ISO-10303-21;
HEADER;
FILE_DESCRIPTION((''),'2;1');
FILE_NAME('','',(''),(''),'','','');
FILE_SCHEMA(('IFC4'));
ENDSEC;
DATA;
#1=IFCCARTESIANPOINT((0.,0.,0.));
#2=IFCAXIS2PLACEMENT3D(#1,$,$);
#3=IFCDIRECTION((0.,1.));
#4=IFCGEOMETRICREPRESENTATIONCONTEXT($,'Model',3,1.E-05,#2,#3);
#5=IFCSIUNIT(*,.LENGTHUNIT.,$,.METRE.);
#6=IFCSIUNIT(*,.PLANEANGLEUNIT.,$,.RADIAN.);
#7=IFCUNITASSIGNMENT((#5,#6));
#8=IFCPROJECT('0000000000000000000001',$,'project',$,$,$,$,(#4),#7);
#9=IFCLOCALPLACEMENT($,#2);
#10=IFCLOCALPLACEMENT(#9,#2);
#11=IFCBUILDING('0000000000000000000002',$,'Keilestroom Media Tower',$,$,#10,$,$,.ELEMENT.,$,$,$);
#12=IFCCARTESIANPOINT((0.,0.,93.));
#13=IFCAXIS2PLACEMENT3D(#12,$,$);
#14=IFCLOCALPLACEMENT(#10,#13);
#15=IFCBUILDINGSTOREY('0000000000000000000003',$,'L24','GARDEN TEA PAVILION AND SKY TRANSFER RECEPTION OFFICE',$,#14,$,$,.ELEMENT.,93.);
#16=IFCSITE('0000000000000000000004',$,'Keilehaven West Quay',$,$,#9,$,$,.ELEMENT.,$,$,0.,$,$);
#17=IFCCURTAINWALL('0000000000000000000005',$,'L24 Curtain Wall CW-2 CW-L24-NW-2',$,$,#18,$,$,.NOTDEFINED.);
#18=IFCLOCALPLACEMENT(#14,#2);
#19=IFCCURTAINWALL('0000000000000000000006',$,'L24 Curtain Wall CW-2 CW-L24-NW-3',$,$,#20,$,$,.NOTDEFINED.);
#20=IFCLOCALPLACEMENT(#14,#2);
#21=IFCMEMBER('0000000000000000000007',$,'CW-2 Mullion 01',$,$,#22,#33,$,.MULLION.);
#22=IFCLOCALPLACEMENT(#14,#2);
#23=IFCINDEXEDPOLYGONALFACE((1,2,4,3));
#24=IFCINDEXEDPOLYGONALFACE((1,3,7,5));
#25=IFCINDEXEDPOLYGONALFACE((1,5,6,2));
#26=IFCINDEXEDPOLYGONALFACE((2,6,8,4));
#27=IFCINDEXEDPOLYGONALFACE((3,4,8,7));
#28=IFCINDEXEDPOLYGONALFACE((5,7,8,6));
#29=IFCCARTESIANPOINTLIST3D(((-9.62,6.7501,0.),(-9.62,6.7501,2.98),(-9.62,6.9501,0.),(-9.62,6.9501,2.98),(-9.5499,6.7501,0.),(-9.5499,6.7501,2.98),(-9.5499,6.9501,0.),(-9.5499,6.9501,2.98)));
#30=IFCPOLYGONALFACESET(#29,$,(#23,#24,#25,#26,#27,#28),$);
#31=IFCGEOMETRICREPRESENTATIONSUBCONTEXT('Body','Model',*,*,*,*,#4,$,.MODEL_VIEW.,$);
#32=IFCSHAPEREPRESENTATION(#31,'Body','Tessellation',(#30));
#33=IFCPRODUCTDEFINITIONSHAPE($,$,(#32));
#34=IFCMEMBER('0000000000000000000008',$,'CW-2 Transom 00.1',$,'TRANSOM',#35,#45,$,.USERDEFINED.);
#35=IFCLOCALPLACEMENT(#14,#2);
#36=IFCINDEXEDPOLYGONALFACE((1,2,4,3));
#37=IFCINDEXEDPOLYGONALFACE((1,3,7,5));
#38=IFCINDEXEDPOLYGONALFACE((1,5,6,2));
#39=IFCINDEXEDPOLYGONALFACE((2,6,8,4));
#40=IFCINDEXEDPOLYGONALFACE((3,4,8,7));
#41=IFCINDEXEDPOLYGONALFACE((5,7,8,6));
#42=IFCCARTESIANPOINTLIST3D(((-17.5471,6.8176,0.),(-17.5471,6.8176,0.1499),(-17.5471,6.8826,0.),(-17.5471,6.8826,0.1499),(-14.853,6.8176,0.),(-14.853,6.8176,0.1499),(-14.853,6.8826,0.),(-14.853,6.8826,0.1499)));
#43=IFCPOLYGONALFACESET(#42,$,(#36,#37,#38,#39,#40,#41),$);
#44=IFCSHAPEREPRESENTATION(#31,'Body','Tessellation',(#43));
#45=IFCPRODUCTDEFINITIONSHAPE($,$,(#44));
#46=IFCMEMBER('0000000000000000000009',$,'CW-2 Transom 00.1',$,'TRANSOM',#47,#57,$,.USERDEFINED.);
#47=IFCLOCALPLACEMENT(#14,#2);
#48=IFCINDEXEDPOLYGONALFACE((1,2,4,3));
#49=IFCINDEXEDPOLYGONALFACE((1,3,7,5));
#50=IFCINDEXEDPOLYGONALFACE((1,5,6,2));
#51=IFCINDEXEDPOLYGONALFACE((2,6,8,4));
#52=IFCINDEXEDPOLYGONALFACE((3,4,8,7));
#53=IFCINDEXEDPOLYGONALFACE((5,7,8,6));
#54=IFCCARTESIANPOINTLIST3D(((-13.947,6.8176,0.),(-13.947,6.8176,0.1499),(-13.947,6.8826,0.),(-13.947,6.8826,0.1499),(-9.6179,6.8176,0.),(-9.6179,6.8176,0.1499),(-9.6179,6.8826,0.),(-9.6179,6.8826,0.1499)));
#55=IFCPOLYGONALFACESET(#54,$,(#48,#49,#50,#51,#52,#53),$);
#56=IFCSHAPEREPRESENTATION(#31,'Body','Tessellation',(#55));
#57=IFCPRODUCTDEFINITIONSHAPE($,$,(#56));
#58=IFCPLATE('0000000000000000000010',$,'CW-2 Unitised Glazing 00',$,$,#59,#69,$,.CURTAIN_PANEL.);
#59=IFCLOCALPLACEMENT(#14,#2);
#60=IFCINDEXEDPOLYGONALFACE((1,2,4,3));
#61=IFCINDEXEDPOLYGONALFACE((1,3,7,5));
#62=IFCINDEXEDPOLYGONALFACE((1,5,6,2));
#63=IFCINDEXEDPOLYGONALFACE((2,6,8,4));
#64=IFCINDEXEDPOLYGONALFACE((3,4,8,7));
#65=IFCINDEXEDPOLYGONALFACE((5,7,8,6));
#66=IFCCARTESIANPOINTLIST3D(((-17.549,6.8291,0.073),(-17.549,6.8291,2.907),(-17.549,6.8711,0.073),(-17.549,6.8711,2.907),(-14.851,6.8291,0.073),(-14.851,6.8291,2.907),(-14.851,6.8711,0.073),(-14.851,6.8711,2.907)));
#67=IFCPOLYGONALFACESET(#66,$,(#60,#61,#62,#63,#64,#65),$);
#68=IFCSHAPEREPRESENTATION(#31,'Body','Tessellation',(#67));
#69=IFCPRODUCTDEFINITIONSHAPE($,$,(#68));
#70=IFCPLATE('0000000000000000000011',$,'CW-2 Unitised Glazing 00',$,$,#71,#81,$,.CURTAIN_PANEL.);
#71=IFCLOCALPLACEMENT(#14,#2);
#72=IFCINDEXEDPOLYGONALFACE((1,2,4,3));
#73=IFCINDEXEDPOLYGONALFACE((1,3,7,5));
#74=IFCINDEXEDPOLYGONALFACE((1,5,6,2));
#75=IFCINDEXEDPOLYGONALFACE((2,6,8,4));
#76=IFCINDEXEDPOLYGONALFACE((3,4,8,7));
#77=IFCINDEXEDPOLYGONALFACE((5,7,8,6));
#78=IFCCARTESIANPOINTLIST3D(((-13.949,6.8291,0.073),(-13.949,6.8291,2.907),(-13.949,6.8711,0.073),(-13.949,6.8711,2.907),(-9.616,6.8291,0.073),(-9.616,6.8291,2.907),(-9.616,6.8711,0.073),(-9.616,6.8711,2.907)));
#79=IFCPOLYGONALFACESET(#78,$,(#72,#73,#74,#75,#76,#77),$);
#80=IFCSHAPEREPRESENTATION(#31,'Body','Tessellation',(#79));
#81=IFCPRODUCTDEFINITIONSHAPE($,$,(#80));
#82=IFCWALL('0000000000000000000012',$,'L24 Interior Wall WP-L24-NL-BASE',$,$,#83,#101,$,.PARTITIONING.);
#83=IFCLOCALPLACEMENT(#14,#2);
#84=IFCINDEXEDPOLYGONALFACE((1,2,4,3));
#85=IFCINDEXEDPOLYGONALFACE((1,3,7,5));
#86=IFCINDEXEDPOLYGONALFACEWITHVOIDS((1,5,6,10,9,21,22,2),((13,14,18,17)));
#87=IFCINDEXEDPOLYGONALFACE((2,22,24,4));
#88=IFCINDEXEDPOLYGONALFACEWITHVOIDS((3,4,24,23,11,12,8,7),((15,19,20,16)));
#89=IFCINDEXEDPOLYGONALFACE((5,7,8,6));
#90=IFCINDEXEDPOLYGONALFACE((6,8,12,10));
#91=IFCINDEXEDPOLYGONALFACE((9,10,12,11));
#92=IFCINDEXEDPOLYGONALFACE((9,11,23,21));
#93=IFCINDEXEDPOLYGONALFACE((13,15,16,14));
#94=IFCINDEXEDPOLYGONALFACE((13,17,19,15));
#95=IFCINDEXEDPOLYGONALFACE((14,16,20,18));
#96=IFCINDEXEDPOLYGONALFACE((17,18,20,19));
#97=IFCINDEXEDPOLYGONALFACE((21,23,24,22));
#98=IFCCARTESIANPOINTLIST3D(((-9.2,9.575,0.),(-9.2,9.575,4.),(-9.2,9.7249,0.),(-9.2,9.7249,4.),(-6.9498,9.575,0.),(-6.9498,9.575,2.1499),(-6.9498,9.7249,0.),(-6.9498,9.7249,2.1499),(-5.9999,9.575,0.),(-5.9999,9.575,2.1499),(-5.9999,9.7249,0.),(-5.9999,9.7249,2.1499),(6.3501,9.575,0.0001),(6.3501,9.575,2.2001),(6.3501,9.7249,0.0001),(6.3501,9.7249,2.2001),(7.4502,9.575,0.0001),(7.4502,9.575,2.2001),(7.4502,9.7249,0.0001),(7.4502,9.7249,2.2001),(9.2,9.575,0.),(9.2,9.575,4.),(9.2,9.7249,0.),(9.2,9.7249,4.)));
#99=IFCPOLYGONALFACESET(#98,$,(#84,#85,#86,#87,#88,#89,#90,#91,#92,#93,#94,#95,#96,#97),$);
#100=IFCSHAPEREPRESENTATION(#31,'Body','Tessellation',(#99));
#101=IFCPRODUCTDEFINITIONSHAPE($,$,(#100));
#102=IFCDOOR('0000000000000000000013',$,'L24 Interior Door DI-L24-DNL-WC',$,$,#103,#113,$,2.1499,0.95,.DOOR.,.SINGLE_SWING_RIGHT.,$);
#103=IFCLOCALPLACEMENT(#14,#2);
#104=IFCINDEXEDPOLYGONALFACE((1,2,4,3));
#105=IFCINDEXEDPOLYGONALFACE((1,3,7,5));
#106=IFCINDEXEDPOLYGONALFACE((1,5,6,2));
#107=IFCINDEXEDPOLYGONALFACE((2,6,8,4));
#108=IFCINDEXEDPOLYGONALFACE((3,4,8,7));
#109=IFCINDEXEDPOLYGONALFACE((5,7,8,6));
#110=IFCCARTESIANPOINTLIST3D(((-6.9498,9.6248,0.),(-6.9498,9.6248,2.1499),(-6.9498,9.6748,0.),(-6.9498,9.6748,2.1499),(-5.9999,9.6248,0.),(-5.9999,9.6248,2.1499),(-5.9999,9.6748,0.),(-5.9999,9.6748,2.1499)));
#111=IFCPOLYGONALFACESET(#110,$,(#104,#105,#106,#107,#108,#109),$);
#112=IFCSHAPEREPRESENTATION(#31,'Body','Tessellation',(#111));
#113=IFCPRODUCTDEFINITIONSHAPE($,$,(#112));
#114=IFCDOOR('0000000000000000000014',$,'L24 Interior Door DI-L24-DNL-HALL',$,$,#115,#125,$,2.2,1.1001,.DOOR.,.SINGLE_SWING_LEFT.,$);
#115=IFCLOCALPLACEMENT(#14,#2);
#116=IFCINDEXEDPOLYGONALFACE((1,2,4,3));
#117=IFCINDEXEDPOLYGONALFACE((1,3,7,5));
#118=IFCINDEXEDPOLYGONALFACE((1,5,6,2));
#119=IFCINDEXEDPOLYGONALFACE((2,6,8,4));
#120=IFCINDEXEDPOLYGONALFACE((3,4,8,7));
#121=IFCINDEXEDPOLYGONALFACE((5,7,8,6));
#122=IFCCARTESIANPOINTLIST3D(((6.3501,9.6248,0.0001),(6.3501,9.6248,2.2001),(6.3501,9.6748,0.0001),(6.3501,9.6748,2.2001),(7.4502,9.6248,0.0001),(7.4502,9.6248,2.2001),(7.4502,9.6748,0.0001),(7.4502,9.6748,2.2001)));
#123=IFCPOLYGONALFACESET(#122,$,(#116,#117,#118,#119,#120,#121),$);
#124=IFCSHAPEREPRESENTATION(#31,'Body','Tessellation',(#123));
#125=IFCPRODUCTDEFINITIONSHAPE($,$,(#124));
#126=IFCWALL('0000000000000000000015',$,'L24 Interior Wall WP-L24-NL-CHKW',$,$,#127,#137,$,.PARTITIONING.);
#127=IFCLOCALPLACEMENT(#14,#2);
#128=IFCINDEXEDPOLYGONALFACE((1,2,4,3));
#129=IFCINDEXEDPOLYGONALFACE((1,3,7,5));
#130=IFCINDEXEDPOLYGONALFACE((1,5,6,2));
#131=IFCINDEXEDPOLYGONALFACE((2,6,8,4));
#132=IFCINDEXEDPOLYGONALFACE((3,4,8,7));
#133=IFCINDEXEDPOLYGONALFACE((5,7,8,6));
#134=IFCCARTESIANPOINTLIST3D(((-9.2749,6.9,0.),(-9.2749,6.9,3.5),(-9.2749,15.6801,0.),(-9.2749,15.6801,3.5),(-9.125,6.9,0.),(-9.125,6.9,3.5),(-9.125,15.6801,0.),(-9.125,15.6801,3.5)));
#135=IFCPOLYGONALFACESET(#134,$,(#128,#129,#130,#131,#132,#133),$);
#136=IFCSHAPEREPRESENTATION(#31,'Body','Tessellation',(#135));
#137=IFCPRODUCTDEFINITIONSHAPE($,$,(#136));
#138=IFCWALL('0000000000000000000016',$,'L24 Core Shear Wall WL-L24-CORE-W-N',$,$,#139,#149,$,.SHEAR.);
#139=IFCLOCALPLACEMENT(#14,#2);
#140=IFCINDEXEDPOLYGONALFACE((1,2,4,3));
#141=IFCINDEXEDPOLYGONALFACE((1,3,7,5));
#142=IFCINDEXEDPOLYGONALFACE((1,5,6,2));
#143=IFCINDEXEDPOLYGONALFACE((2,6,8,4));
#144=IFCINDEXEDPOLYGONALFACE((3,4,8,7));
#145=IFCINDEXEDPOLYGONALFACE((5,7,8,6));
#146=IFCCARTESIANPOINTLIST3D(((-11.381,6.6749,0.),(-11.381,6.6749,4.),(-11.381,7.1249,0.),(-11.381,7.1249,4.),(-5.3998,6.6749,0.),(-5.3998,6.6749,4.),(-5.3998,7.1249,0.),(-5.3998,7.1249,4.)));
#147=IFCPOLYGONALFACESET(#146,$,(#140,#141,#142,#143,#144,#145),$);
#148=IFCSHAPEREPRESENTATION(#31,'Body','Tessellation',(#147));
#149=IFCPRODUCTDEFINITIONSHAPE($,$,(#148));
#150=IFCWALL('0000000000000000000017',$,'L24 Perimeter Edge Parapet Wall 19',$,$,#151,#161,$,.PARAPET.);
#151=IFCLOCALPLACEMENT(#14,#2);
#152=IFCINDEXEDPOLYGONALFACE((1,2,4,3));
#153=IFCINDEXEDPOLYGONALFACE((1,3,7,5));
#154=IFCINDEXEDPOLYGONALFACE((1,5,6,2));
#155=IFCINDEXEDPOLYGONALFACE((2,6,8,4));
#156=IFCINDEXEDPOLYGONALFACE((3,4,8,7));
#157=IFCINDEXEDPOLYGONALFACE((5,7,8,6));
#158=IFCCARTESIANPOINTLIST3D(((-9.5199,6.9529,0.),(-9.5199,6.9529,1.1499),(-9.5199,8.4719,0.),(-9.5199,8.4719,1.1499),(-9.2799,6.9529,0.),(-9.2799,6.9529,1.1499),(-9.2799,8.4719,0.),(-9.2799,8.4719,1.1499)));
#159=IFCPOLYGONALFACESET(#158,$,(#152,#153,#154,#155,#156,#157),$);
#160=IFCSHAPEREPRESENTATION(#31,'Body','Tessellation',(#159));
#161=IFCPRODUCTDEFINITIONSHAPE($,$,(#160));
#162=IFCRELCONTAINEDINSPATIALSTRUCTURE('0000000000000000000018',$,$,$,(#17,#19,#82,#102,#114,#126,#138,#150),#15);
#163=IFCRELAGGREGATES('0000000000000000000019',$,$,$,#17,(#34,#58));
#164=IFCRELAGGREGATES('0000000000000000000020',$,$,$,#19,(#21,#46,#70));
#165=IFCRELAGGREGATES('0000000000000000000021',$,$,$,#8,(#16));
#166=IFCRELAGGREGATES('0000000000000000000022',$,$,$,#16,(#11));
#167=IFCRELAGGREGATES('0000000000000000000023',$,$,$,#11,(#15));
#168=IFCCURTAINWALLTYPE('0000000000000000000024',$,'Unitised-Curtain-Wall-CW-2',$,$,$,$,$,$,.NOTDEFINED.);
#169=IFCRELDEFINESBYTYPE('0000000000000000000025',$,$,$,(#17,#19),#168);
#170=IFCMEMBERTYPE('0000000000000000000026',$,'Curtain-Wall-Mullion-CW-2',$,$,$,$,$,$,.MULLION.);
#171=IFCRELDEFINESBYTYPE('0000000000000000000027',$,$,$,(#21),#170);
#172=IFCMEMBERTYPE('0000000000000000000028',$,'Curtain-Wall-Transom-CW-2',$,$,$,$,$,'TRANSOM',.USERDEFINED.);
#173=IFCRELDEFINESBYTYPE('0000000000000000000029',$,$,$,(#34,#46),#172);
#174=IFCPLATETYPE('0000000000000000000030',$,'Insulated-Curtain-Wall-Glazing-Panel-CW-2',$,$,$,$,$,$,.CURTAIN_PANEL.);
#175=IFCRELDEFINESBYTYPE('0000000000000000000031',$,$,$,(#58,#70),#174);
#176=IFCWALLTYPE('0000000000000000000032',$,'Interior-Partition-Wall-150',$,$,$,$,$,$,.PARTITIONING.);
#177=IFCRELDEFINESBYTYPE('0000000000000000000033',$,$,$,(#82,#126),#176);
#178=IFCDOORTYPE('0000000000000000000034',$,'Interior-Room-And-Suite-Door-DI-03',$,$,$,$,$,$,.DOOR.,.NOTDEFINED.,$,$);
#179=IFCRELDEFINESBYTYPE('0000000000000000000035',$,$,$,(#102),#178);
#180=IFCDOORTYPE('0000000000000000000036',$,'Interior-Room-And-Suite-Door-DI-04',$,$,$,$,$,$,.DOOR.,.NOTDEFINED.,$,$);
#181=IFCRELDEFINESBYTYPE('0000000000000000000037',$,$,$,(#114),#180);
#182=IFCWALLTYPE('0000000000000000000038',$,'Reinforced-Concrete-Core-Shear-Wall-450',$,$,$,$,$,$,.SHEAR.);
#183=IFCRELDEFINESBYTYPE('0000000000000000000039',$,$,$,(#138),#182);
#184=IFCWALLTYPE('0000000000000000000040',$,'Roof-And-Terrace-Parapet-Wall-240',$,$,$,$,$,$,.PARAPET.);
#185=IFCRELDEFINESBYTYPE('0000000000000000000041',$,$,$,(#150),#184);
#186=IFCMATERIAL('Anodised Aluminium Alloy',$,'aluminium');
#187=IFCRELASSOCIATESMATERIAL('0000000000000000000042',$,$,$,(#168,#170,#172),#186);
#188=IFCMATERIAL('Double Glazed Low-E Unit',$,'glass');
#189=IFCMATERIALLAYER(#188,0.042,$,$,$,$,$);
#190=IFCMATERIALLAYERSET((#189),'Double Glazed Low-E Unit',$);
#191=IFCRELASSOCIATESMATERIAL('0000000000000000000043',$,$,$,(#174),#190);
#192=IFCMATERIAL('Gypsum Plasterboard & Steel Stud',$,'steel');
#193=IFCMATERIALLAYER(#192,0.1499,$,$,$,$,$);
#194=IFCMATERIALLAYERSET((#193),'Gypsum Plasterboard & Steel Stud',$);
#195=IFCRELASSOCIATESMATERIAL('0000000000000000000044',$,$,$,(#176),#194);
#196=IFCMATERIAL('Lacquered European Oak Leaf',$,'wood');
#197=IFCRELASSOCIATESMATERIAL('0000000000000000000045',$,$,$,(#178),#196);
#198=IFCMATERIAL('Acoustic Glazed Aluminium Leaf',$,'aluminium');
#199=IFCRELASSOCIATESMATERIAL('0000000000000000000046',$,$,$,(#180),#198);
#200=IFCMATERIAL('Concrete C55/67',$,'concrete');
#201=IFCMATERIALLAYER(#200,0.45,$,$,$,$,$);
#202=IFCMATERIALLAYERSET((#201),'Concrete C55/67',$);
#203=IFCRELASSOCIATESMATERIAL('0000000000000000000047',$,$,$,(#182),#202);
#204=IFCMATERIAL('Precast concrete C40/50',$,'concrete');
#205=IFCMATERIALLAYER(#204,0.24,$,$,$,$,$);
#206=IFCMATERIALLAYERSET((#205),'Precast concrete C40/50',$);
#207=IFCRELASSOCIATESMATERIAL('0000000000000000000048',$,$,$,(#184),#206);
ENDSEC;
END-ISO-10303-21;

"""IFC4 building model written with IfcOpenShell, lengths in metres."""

from ifc_helpers import new_model, si_unit, direction, frame, frame_2d, origin, origin_2d, place, context, subcontext, project, spatial, rectangle, extrude, source, transform, mapped, material, layer, layer_set, material_profile, profile_set, type_object, element, fill, aggregate, save


model = new_model("IFC4")

# Units and contexts
model_context = context("Model", 3, precision=1e-05, world=origin(), true_north=direction((0.0, 1.0)))
body_context = subcontext(model_context, "Body", "Model", "MODEL_VIEW")
ifc_project = project(units=[si_unit("LENGTHUNIT", "METRE"), si_unit("PLANEANGLEUNIT", "RADIAN")], contexts=[model_context])

# Site, building, storey
site_placement = place(None, origin())
site = spatial("IfcSite", under=ifc_project, at=site_placement, Name="Keilehaven West Quay", CompositionType="ELEMENT", RefElevation=0.0)
building_placement = place(site_placement, origin())
building = spatial("IfcBuilding", under=site, at=building_placement, Name="Keilestroom Media Tower", CompositionType="ELEMENT")
storey_placement = place(building_placement, frame((0.0, 0.0, 93.0)))
storey = spatial("IfcBuildingStorey", under=building, at=storey_placement, Name="L24", Description="GARDEN TEA PAVILION AND SKY TRANSFER RECEPTION OFFICE", CompositionType="ELEMENT", Elevation=93.0)

# Shared definitions
ifc_material_1 = material(Name="Precast concrete C40/50", Category="concrete")
ifc_material_2 = material(Name="Concrete C55/67", Category="concrete")

# Shared definitions
ifc_material_3 = material(Name="Anodised Aluminium Alloy", Category="aluminium")
curtain_wall_type = type_object("IfcCurtainWallType", Name="Unitised-Curtain-Wall-CW-2", PredefinedType="NOTDEFINED", material=ifc_material_3)
ifc_material_profile_1 = material_profile(ifc_material_3, rectangle(XDim=0.0701, YDim=0.2, at=origin_2d()), Name="ALU MULLION 70x200")
ifc_profile_set_1 = profile_set([ifc_material_profile_1], Name="Anodised Aluminium Alloy")
member_type_1 = type_object("IfcMemberType", Name="Curtain-Wall-Mullion-CW-2", PredefinedType="MULLION", material=ifc_profile_set_1)
shared_shape_1 = source(origin(), body_context, "Body", "SweptSolid", [
    extrude(rectangle(XDim=0.0701, YDim=0.2, at=origin_2d()), origin(), (0.0, 0.0, 1.0), 2.98),
])

# Curtain walls, member
curtain_wall_1_placement = place(storey_placement, origin())
curtain_wall_1 = element("IfcCurtainWall", 1, at=curtain_wall_1_placement, inside=storey, type_object=curtain_wall_type, Name="L24 Curtain Wall CW-2 CW-L24-NW-2", PredefinedType="NOTDEFINED")
curtain_wall_2_placement = place(storey_placement, origin())
curtain_wall_2 = element("IfcCurtainWall", 2, at=curtain_wall_2_placement, inside=storey, type_object=curtain_wall_type, Name="L24 Curtain Wall CW-2 CW-L24-NW-3", PredefinedType="NOTDEFINED")
member_1_placement = place(storey_placement, frame((-9.585, 6.8501, 0.0), z_axis=(0.0, 0.0, 1.0), x_axis=(1.0, 0.0, 0.0)))
member_1 = element("IfcMember", 3, at=member_1_placement, type_object=member_type_1, Name="CW-2 Mullion 01", PredefinedType="MULLION", context=body_context, shape_type="MappedRepresentation", body=[
    mapped(shared_shape_1, transform((0.0, 0.0, 0.0), x_axis=(1.0, 0.0, 0.0), y_axis=(0.0, 1.0, 0.0), z_axis=(0.0, 0.0, 1.0), scale=1.0)),
])

# Members
ifc_material_profile_2 = material_profile(ifc_material_3, rectangle(XDim=0.0649, YDim=0.1499, at=origin_2d()), Name="ALU TRANSOM 65x150")
ifc_profile_set_2 = profile_set([ifc_material_profile_2], Name="Anodised Aluminium Alloy")
member_type_2 = type_object("IfcMemberType", Name="Curtain-Wall-Transom-CW-2", ElementType="TRANSOM", PredefinedType="USERDEFINED", material=ifc_profile_set_2)
shared_shape_2 = source(origin(), body_context, "Body", "SweptSolid", [
    extrude(rectangle(XDim=0.0649, YDim=0.1499, at=origin_2d()), origin(), (0.0, 0.0, 1.0), 2.6941),
])
member_2_placement = place(storey_placement, frame((-17.5471, 6.8501, 0.075), z_axis=(1.0, 0.0, 0.0), x_axis=(0.0, 1.0, 0.0)))
member_2 = element("IfcMember", 4, at=member_2_placement, type_object=member_type_2, Name="CW-2 Transom 00.1", ObjectType="TRANSOM", PredefinedType="USERDEFINED", context=body_context, shape_type="MappedRepresentation", body=[
    mapped(shared_shape_2, transform((0.0, 0.0, 0.0), x_axis=(1.0, 0.0, 0.0), y_axis=(0.0, 1.0, 0.0), z_axis=(0.0, 0.0, 1.0), scale=1.0)),
])
shared_shape_3 = source(origin(), body_context, "Body", "SweptSolid", [
    extrude(rectangle(XDim=0.0649, YDim=0.1499, at=origin_2d()), origin(), (0.0, 0.0, 1.0), 4.3291),
])
member_3_placement = place(storey_placement, frame((-13.947, 6.8501, 0.075), z_axis=(1.0, 0.0, 0.0), x_axis=(0.0, 1.0, 0.0)))
member_3 = element("IfcMember", 5, at=member_3_placement, type_object=member_type_2, Name="CW-2 Transom 00.1", ObjectType="TRANSOM", PredefinedType="USERDEFINED", context=body_context, shape_type="MappedRepresentation", body=[
    mapped(shared_shape_3, transform((0.0, 0.0, 0.0), x_axis=(1.0, 0.0, 0.0), y_axis=(0.0, 1.0, 0.0), z_axis=(0.0, 0.0, 1.0), scale=1.0)),
])

# Plates
ifc_material_4 = material(Name="Double Glazed Low-E Unit", Category="glass")
ifc_layer_1 = layer(ifc_material_4, 0.042)
ifc_layer_set_1 = layer_set([ifc_layer_1], Name="Double Glazed Low-E Unit")
plate_type = type_object("IfcPlateType", Name="Insulated-Curtain-Wall-Glazing-Panel-CW-2", PredefinedType="CURTAIN_PANEL", material=ifc_layer_set_1)
shared_shape_4 = source(origin(), body_context, "Body", "SweptSolid", [
    extrude(rectangle(XDim=2.698, YDim=0.042, at=origin_2d()), origin(), (0.0, 0.0, 1.0), 2.834),
])
plate_1_placement = place(storey_placement, frame((-16.2, 6.8501, 0.073), z_axis=(0.0, 0.0, 1.0), x_axis=(1.0, 0.0, 0.0)))
plate_1 = element("IfcPlate", 6, at=plate_1_placement, type_object=plate_type, Name="CW-2 Unitised Glazing 00", PredefinedType="CURTAIN_PANEL", context=body_context, shape_type="MappedRepresentation", body=[
    mapped(shared_shape_4, transform((0.0, 0.0, 0.0), x_axis=(1.0, 0.0, 0.0), y_axis=(0.0, 1.0, 0.0), z_axis=(0.0, 0.0, 1.0), scale=1.0)),
])
aggregate(curtain_wall_1, [member_2, plate_1])
shared_shape_5 = source(origin(), body_context, "Body", "SweptSolid", [
    extrude(rectangle(XDim=4.333, YDim=0.042, at=origin_2d()), origin(), (0.0, 0.0, 1.0), 2.834),
])
plate_2_placement = place(storey_placement, frame((-11.7825, 6.8501, 0.073), z_axis=(0.0, 0.0, 1.0), x_axis=(1.0, 0.0, 0.0)))
plate_2 = element("IfcPlate", 7, at=plate_2_placement, type_object=plate_type, Name="CW-2 Unitised Glazing 00", PredefinedType="CURTAIN_PANEL", context=body_context, shape_type="MappedRepresentation", body=[
    mapped(shared_shape_5, transform((0.0, 0.0, 0.0), x_axis=(1.0, 0.0, 0.0), y_axis=(0.0, 1.0, 0.0), z_axis=(0.0, 0.0, 1.0), scale=1.0)),
])
aggregate(curtain_wall_2, [member_1, member_3, plate_2])

# Wall, openings, doors
ifc_material_5 = material(Name="Gypsum Plasterboard & Steel Stud", Category="steel")
ifc_layer_2 = layer(ifc_material_5, 0.1499)
ifc_layer_set_2 = layer_set([ifc_layer_2], Name="Gypsum Plasterboard & Steel Stud")
wall_type_1 = type_object("IfcWallType", Name="Interior-Partition-Wall-150", PredefinedType="PARTITIONING", material=ifc_layer_set_2)
wall_1_placement = place(storey_placement, frame((-9.2, 9.6499, 0.0), z_axis=(0.0, 0.0, 1.0), x_axis=(1.0, 0.0, 0.0)))
wall_1 = element("IfcWall", 8, at=wall_1_placement, inside=storey, type_object=wall_type_1, Name="L24 Interior Wall WP-L24-NL-BASE", PredefinedType="PARTITIONING", context=body_context, shape_type="SweptSolid", body=[
    extrude(rectangle(XDim=18.3999, YDim=0.1499, at=frame_2d((9.2, 0.0))), origin(), (0.0, 0.0, 1.0), 4.0),
])
opening_1_placement = place(wall_1_placement, frame((2.25, 0.0, 0.0)))
opening_1 = element("IfcOpeningElement", 9, at=opening_1_placement, cuts=wall_1, PredefinedType="OPENING", context=body_context, shape_type="SweptSolid", body=[
    extrude(rectangle(XDim=0.95, YDim=2.1499, at=frame_2d((0.4751, 1.075))), frame((0.0, 0.085, 0.0), z_axis=(0.0, -1.0, 0.0), x_axis=(1.0, 0.0, 0.0)), (0.0, 0.0, 1.0), 0.1699),
])
opening_2_placement = place(wall_1_placement, frame((15.55, 0.0, 0.0)))
opening_2 = element("IfcOpeningElement", 10, at=opening_2_placement, cuts=wall_1, PredefinedType="OPENING", context=body_context, shape_type="SweptSolid", body=[
    extrude(rectangle(XDim=1.1001, YDim=2.2, at=frame_2d((0.55, 1.1001))), frame((0.0, 0.085, 0.0), z_axis=(0.0, -1.0, 0.0), x_axis=(1.0, 0.0, 0.0)), (0.0, 0.0, 1.0), 0.1699),
])
ifc_material_6 = material(Name="Lacquered European Oak Leaf", Category="wood")
door_type_1 = type_object("IfcDoorType", Name="Interior-Room-And-Suite-Door-DI-03", OperationType="NOTDEFINED", PredefinedType="DOOR", material=ifc_material_6)
shared_shape_6 = source(origin(), body_context, "Body", "SweptSolid", [
    extrude(rectangle(XDim=0.95, YDim=2.1499, at=frame_2d((0.4751, 1.075))), frame((0.0, 0.0249, 0.0), z_axis=(0.0, -1.0, 0.0), x_axis=(1.0, 0.0, 0.0)), (0.0, 0.0, 1.0), 0.05),
])
door_1_placement = place(opening_1_placement, origin())
door_1 = element("IfcDoor", 11, at=door_1_placement, inside=storey, type_object=door_type_1, Name="L24 Interior Door DI-L24-DNL-WC", OperationType="SINGLE_SWING_RIGHT", OverallHeight=2.1499, OverallWidth=0.95, PredefinedType="DOOR", context=body_context, shape_type="MappedRepresentation", body=[
    mapped(shared_shape_6, transform((0.0, 0.0, 0.0), x_axis=(1.0, 0.0, 0.0), y_axis=(0.0, 1.0, 0.0), z_axis=(0.0, 0.0, 1.0), scale=1.0)),
])
fill(opening_1, door_1)
ifc_material_7 = material(Name="Acoustic Glazed Aluminium Leaf", Category="aluminium")
door_type_2 = type_object("IfcDoorType", Name="Interior-Room-And-Suite-Door-DI-04", OperationType="NOTDEFINED", PredefinedType="DOOR", material=ifc_material_7)
shared_shape_7 = source(origin(), body_context, "Body", "SweptSolid", [
    extrude(rectangle(XDim=1.1001, YDim=2.2, at=frame_2d((0.55, 1.1001))), frame((0.0, 0.0249, 0.0), z_axis=(0.0, -1.0, 0.0), x_axis=(1.0, 0.0, 0.0)), (0.0, 0.0, 1.0), 0.05),
])
door_2_placement = place(opening_2_placement, origin())
door_2 = element("IfcDoor", 12, at=door_2_placement, inside=storey, type_object=door_type_2, Name="L24 Interior Door DI-L24-DNL-HALL", OperationType="SINGLE_SWING_LEFT", OverallHeight=2.2, OverallWidth=1.1001, PredefinedType="DOOR", context=body_context, shape_type="MappedRepresentation", body=[
    mapped(shared_shape_7, transform((0.0, 0.0, 0.0), x_axis=(1.0, 0.0, 0.0), y_axis=(0.0, 1.0, 0.0), z_axis=(0.0, 0.0, 1.0), scale=1.0)),
])
fill(opening_2, door_2)

# Walls
wall_2_placement = place(storey_placement, frame((-9.2, 6.8999, 0.0), z_axis=(0.0, 0.0, 1.0), x_axis=(0.0, 1.0, 0.0)))
element("IfcWall", 13, at=wall_2_placement, inside=storey, type_object=wall_type_1, Name="L24 Interior Wall WP-L24-NL-CHKW", PredefinedType="PARTITIONING", context=body_context, shape_type="SweptSolid", body=[
    extrude(rectangle(XDim=8.78, YDim=0.1499, at=frame_2d((4.3901, 0.0))), origin(), (0.0, 0.0, 1.0), 3.5),
])
ifc_layer_3 = layer(ifc_material_2, 0.45)
ifc_layer_set_3 = layer_set([ifc_layer_3], Name="Concrete C55/67")
wall_type_2 = type_object("IfcWallType", Name="Reinforced-Concrete-Core-Shear-Wall-450", PredefinedType="SHEAR", material=ifc_layer_set_3)
wall_3_placement = place(storey_placement, frame((-11.3811, 6.8999, 0.0), z_axis=(0.0, 0.0, 1.0), x_axis=(1.0, 0.0, 0.0)))
element("IfcWall", 14, at=wall_3_placement, inside=storey, type_object=wall_type_2, Name="L24 Core Shear Wall WL-L24-CORE-W-N", PredefinedType="SHEAR", context=body_context, shape_type="SweptSolid", body=[
    extrude(rectangle(XDim=5.9812, YDim=0.45, at=frame_2d((2.9907, 0.0))), origin(), (0.0, 0.0, 1.0), 4.0),
])
ifc_layer_4 = layer(ifc_material_1, 0.24)
ifc_layer_set_4 = layer_set([ifc_layer_4], Name="Precast concrete C40/50")
wall_type_3 = type_object("IfcWallType", Name="Roof-And-Terrace-Parapet-Wall-240", PredefinedType="PARAPET", material=ifc_layer_set_4)
wall_4_placement = place(storey_placement, frame((-9.3999, 6.9529, 0.0), z_axis=(0.0, 0.0, 1.0), x_axis=(0.0, 1.0, 0.0)))
element("IfcWall", 15, at=wall_4_placement, inside=storey, type_object=wall_type_3, Name="L24 Perimeter Edge Parapet Wall 19", PredefinedType="PARAPET", context=body_context, shape_type="SweptSolid", body=[
    extrude(rectangle(XDim=1.519, YDim=0.24, at=frame_2d((0.7595, 0.0))), origin(), (0.0, 0.0, 1.0), 1.1499),
])

save(model, "model.ifc")
